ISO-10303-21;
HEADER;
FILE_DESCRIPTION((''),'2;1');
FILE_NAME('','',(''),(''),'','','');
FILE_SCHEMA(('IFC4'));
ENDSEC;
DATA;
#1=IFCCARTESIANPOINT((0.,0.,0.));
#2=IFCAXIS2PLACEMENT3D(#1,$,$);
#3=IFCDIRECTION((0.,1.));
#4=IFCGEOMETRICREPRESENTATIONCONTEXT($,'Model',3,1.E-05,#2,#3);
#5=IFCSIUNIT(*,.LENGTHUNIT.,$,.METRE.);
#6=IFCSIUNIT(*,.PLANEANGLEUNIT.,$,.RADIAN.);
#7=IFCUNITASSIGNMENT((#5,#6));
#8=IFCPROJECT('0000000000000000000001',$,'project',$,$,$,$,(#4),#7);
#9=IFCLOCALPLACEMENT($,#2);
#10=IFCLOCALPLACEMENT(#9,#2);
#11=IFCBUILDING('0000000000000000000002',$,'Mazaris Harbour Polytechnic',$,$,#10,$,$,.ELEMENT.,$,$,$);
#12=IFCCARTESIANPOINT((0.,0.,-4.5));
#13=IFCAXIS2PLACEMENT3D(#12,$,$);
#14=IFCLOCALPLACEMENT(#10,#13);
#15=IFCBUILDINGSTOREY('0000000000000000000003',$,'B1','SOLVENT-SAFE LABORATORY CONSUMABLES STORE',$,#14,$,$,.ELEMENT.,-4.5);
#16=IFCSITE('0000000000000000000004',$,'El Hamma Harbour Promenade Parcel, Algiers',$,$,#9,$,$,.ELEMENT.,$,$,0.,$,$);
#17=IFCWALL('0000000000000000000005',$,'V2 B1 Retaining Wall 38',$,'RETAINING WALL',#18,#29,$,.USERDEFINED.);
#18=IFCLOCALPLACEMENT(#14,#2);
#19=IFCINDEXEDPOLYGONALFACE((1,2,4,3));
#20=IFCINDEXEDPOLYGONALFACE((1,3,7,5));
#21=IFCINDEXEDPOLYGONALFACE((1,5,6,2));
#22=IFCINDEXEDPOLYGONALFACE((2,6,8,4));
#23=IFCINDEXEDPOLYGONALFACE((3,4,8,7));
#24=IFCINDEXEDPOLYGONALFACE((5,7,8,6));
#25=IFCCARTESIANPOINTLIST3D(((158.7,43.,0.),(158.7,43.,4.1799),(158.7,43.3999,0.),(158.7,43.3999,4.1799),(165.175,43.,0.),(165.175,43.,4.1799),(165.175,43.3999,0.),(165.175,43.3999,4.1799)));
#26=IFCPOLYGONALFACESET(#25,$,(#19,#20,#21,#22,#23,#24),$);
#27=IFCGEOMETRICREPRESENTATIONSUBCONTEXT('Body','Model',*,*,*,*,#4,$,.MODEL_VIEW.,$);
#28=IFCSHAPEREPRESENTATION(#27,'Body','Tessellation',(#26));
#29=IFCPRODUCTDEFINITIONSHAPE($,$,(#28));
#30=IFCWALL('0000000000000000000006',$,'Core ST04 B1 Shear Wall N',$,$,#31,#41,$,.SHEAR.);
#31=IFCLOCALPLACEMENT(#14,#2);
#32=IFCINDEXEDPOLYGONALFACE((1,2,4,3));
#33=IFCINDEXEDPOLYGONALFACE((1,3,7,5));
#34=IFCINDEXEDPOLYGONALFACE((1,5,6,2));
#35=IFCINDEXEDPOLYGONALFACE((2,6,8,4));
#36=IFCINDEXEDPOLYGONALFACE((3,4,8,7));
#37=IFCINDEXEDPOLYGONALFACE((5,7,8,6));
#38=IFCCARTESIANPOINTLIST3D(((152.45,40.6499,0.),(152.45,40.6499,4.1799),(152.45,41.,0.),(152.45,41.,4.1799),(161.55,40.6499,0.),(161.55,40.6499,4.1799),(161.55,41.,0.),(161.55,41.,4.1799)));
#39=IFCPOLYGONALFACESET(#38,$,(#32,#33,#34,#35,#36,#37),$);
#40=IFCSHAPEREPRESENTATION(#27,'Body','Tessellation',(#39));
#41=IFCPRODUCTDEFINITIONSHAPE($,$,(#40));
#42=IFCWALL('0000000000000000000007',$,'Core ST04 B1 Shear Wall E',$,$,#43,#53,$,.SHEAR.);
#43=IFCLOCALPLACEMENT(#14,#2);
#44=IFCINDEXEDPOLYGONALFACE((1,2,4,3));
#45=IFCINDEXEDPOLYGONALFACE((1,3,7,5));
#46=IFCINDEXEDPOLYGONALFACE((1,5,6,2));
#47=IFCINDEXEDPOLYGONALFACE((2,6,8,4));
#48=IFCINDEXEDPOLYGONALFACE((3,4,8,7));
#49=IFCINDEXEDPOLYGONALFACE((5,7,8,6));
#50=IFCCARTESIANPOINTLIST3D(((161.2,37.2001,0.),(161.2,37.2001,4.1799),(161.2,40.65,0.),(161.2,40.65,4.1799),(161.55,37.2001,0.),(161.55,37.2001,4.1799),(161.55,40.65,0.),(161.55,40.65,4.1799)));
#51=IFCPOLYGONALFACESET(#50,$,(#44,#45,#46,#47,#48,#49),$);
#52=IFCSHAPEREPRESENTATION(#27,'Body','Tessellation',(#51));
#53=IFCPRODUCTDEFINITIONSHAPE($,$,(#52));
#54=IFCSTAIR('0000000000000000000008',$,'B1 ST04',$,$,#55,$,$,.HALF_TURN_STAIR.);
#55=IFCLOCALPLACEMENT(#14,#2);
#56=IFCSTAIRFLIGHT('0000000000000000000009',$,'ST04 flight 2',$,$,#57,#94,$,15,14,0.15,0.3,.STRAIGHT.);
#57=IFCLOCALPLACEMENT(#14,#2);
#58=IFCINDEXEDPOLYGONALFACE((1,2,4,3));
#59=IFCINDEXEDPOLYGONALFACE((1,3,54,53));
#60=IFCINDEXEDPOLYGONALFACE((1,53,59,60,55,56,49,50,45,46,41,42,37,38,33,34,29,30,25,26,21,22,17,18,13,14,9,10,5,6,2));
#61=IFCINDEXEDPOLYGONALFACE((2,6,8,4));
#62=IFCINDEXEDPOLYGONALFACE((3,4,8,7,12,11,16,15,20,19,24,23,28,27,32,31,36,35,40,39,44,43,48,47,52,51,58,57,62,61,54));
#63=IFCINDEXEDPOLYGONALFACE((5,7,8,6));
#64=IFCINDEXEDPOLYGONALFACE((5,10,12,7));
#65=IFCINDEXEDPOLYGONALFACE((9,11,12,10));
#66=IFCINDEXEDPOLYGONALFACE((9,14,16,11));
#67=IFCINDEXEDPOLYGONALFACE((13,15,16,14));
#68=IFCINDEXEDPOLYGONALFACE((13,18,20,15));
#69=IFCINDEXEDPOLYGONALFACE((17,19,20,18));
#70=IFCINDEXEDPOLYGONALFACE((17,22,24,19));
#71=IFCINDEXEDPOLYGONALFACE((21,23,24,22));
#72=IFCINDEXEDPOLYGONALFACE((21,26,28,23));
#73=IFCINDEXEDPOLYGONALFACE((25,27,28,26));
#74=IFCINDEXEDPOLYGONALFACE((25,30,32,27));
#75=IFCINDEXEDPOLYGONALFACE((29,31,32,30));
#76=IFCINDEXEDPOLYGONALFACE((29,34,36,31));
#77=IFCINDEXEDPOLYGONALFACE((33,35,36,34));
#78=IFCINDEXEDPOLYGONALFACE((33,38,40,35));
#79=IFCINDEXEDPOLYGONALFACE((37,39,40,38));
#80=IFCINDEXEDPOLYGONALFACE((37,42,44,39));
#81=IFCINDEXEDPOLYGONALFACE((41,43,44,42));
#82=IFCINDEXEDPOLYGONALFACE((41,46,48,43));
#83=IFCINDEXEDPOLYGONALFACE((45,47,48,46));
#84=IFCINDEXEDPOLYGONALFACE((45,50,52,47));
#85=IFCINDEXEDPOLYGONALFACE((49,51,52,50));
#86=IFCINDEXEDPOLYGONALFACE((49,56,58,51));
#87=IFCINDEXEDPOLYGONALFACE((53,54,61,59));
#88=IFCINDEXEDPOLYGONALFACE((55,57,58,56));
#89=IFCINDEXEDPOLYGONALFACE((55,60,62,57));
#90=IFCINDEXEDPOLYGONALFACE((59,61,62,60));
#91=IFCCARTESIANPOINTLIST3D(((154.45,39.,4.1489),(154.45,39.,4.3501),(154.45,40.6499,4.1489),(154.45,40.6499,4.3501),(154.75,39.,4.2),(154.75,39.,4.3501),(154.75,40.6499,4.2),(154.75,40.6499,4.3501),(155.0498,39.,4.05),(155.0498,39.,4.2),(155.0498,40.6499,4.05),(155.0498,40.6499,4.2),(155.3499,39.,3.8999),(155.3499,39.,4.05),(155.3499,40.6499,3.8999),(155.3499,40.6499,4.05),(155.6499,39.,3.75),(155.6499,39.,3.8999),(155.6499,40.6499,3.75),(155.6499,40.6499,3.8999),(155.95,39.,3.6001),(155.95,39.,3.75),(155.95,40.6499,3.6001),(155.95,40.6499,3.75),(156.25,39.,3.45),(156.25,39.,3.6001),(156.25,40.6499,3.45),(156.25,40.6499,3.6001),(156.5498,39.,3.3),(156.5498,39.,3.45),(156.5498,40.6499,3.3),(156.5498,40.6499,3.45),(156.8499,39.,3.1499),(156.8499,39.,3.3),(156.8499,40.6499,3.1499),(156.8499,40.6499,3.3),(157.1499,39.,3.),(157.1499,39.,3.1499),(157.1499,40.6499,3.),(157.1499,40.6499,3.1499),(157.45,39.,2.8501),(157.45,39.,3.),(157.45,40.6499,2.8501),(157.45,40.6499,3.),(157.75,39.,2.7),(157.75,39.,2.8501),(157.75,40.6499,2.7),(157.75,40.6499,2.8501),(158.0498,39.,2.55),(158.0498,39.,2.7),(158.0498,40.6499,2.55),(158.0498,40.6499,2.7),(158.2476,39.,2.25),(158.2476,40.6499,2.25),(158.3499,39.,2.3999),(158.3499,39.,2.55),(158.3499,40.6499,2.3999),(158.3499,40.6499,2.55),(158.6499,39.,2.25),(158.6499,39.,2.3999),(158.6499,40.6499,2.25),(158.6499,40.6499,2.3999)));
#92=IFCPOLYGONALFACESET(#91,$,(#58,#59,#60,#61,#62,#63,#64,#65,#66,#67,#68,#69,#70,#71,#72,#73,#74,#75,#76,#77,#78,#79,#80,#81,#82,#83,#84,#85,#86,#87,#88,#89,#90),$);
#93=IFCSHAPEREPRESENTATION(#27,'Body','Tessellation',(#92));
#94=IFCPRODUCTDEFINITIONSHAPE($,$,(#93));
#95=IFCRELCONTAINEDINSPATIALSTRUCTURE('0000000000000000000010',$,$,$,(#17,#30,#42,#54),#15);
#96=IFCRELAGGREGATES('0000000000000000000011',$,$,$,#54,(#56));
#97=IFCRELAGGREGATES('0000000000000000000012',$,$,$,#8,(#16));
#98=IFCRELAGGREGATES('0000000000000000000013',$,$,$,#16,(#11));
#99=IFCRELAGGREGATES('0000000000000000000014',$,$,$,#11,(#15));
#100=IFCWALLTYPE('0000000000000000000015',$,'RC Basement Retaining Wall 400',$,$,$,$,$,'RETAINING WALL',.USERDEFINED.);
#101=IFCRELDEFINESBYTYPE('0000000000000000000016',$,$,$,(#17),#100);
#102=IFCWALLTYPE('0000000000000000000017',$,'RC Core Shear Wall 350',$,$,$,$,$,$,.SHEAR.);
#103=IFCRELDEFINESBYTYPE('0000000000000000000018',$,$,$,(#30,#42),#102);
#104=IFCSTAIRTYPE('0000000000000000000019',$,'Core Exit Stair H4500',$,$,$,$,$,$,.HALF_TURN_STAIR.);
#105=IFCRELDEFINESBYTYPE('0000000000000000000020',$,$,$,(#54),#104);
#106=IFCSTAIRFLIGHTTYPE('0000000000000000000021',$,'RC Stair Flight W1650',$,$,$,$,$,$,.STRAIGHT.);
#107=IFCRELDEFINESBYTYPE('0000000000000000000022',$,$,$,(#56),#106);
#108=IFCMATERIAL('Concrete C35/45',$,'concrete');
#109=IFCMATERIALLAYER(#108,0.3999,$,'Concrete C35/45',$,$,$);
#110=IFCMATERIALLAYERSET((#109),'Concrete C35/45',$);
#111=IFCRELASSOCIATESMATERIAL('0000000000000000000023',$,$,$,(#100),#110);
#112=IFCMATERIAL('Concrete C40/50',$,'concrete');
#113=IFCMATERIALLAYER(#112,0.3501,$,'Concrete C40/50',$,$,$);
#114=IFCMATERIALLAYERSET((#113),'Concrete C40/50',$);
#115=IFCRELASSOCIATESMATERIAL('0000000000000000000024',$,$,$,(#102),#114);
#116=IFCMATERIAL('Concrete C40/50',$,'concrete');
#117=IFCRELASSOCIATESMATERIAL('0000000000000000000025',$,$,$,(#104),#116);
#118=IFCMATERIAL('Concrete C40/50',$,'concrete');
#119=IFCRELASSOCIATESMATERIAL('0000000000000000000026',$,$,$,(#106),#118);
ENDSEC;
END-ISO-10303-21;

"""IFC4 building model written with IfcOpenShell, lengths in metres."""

from ifc_helpers import new_model, si_unit, direction, frame, frame_2d, origin, place, context, subcontext, project, spatial, polyline, rectangle, outline, extrude, material, layer, layer_set, type_object, element, aggregate, save


model = new_model("IFC4")

# Units and contexts
model_context = context("Model", 3, precision=1e-05, world=origin(), true_north=direction((0.0, 1.0)))
body_context = subcontext(model_context, "Body", "Model", "MODEL_VIEW")
ifc_project = project(units=[si_unit("LENGTHUNIT", "METRE"), si_unit("PLANEANGLEUNIT", "RADIAN")], contexts=[model_context])

# Site, building, storey
site_placement = place(None, origin())
site = spatial("IfcSite", under=ifc_project, at=site_placement, Name="El Hamma Harbour Promenade Parcel, Algiers", CompositionType="ELEMENT", RefElevation=0.0)
building_placement = place(site_placement, origin())
building = spatial("IfcBuilding", under=site, at=building_placement, Name="Mazaris Harbour Polytechnic", CompositionType="ELEMENT")
storey_placement = place(building_placement, frame((0.0, 0.0, -4.5)))
storey = spatial("IfcBuildingStorey", under=building, at=storey_placement, Name="B1", Description="SOLVENT-SAFE LABORATORY CONSUMABLES STORE", CompositionType="ELEMENT", Elevation=-4.5)

# Walls
ifc_material_1 = material(Name="Concrete C35/45", Category="concrete")
ifc_layer_1 = layer(ifc_material_1, 0.3999, Name="Concrete C35/45")
ifc_layer_set_1 = layer_set([ifc_layer_1], Name="Concrete C35/45")
wall_type_1 = type_object("IfcWallType", Name="RC Basement Retaining Wall 400", ElementType="RETAINING WALL", PredefinedType="USERDEFINED", material=ifc_layer_set_1)
wall_1_placement = place(storey_placement, frame((158.7, 43.2, 0.0), z_axis=(0.0, 0.0, 1.0), x_axis=(1.0, 0.0, 0.0)))
element("IfcWall", 1, at=wall_1_placement, inside=storey, type_object=wall_type_1, Name="V2 B1 Retaining Wall 38", ObjectType="RETAINING WALL", PredefinedType="USERDEFINED", context=body_context, shape_type="SweptSolid", body=[
    extrude(rectangle(XDim=6.4751, YDim=0.3999, at=frame_2d((3.2375, 0.0))), origin(), (0.0, 0.0, 1.0), 4.1799),
])
ifc_material_2 = material(Name="Concrete C40/50", Category="concrete")
ifc_layer_2 = layer(ifc_material_2, 0.3501, Name="Concrete C40/50")
ifc_layer_set_2 = layer_set([ifc_layer_2], Name="Concrete C40/50")
wall_type_2 = type_object("IfcWallType", Name="RC Core Shear Wall 350", PredefinedType="SHEAR", material=ifc_layer_set_2)
wall_2_placement = place(storey_placement, frame((161.55, 40.825, 0.0), z_axis=(0.0, 0.0, 1.0), x_axis=(-1.0, 0.0, 0.0)))
element("IfcWall", 2, at=wall_2_placement, inside=storey, type_object=wall_type_2, Name="Core ST04 B1 Shear Wall N", PredefinedType="SHEAR", context=body_context, shape_type="SweptSolid", body=[
    extrude(rectangle(XDim=9.1001, YDim=0.3501, at=frame_2d((4.55, 0.0))), origin(), (0.0, 0.0, 1.0), 4.1799),
])
wall_3_placement = place(storey_placement, frame((161.375, 37.2, 0.0), z_axis=(0.0, 0.0, 1.0), x_axis=(0.0, 1.0, 0.0)))
element("IfcWall", 3, at=wall_3_placement, inside=storey, type_object=wall_type_2, Name="Core ST04 B1 Shear Wall E", PredefinedType="SHEAR", context=body_context, shape_type="SweptSolid", body=[
    extrude(rectangle(XDim=3.45, YDim=0.3501, at=frame_2d((1.7251, 0.0))), origin(), (0.0, 0.0, 1.0), 4.1799),
])

# Stair, stair flight
ifc_material_3 = material(Name="Concrete C40/50", Category="concrete")
stair_type = type_object("IfcStairType", Name="Core Exit Stair H4500", PredefinedType="HALF_TURN_STAIR", material=ifc_material_3)
stair_placement = place(storey_placement, origin())
stair = element("IfcStair", 4, at=stair_placement, inside=storey, type_object=stair_type, Name="B1 ST04", PredefinedType="HALF_TURN_STAIR")
ifc_material_4 = material(Name="Concrete C40/50", Category="concrete")
stair_flight_type = type_object("IfcStairFlightType", Name="RC Stair Flight W1650", PredefinedType="STRAIGHT", material=ifc_material_4)
stair_flight_placement = place(storey_placement, frame((158.6499, 39.825, 2.25), z_axis=(0.0, 0.0, 1.0), x_axis=(-1.0, 0.0, 0.0)))
stair_flight = element("IfcStairFlight", 5, at=stair_flight_placement, type_object=stair_flight_type, Name="ST04 flight 2", NumberOfRisers=15, NumberOfTreads=14, PredefinedType="STRAIGHT", RiserHeight=0.15, TreadLength=0.3, context=body_context, shape_type="SweptSolid", body=[
    extrude(outline(polyline([(0.0, 0.0), (0.0, 0.1499), (0.3, 0.1499), (0.3, 0.3), (0.6001, 0.3), (0.6001, 0.45), (0.8999, 0.45), (0.8999, 0.6001), (1.2, 0.6001), (1.2, 0.75), (1.5, 0.75), (1.5, 0.8999), (1.8, 0.8999), (1.8, 1.05), (2.1001, 1.05), (2.1001, 1.2), (2.3999, 1.2), (2.3999, 1.3501), (2.7, 1.3501), (2.7, 1.5), (3.0, 1.5), (3.0, 1.6499), (3.3, 1.6499), (3.3, 1.8), (3.6001, 1.8), (3.6001, 1.95), (3.8999, 1.95), (3.8999, 2.1001), (4.2, 2.1001), (4.2, 2.25), (4.2, 1.8989), (0.4023, 0.0), (0.0, 0.0)])), frame((0.0, 0.825, 0.0), z_axis=(0.0, -1.0, 0.0), x_axis=(1.0, 0.0, 0.0)), (0.0, 0.0, 1.0), 1.6499),
])
aggregate(stair, [stair_flight])

save(model, "model.ifc")
